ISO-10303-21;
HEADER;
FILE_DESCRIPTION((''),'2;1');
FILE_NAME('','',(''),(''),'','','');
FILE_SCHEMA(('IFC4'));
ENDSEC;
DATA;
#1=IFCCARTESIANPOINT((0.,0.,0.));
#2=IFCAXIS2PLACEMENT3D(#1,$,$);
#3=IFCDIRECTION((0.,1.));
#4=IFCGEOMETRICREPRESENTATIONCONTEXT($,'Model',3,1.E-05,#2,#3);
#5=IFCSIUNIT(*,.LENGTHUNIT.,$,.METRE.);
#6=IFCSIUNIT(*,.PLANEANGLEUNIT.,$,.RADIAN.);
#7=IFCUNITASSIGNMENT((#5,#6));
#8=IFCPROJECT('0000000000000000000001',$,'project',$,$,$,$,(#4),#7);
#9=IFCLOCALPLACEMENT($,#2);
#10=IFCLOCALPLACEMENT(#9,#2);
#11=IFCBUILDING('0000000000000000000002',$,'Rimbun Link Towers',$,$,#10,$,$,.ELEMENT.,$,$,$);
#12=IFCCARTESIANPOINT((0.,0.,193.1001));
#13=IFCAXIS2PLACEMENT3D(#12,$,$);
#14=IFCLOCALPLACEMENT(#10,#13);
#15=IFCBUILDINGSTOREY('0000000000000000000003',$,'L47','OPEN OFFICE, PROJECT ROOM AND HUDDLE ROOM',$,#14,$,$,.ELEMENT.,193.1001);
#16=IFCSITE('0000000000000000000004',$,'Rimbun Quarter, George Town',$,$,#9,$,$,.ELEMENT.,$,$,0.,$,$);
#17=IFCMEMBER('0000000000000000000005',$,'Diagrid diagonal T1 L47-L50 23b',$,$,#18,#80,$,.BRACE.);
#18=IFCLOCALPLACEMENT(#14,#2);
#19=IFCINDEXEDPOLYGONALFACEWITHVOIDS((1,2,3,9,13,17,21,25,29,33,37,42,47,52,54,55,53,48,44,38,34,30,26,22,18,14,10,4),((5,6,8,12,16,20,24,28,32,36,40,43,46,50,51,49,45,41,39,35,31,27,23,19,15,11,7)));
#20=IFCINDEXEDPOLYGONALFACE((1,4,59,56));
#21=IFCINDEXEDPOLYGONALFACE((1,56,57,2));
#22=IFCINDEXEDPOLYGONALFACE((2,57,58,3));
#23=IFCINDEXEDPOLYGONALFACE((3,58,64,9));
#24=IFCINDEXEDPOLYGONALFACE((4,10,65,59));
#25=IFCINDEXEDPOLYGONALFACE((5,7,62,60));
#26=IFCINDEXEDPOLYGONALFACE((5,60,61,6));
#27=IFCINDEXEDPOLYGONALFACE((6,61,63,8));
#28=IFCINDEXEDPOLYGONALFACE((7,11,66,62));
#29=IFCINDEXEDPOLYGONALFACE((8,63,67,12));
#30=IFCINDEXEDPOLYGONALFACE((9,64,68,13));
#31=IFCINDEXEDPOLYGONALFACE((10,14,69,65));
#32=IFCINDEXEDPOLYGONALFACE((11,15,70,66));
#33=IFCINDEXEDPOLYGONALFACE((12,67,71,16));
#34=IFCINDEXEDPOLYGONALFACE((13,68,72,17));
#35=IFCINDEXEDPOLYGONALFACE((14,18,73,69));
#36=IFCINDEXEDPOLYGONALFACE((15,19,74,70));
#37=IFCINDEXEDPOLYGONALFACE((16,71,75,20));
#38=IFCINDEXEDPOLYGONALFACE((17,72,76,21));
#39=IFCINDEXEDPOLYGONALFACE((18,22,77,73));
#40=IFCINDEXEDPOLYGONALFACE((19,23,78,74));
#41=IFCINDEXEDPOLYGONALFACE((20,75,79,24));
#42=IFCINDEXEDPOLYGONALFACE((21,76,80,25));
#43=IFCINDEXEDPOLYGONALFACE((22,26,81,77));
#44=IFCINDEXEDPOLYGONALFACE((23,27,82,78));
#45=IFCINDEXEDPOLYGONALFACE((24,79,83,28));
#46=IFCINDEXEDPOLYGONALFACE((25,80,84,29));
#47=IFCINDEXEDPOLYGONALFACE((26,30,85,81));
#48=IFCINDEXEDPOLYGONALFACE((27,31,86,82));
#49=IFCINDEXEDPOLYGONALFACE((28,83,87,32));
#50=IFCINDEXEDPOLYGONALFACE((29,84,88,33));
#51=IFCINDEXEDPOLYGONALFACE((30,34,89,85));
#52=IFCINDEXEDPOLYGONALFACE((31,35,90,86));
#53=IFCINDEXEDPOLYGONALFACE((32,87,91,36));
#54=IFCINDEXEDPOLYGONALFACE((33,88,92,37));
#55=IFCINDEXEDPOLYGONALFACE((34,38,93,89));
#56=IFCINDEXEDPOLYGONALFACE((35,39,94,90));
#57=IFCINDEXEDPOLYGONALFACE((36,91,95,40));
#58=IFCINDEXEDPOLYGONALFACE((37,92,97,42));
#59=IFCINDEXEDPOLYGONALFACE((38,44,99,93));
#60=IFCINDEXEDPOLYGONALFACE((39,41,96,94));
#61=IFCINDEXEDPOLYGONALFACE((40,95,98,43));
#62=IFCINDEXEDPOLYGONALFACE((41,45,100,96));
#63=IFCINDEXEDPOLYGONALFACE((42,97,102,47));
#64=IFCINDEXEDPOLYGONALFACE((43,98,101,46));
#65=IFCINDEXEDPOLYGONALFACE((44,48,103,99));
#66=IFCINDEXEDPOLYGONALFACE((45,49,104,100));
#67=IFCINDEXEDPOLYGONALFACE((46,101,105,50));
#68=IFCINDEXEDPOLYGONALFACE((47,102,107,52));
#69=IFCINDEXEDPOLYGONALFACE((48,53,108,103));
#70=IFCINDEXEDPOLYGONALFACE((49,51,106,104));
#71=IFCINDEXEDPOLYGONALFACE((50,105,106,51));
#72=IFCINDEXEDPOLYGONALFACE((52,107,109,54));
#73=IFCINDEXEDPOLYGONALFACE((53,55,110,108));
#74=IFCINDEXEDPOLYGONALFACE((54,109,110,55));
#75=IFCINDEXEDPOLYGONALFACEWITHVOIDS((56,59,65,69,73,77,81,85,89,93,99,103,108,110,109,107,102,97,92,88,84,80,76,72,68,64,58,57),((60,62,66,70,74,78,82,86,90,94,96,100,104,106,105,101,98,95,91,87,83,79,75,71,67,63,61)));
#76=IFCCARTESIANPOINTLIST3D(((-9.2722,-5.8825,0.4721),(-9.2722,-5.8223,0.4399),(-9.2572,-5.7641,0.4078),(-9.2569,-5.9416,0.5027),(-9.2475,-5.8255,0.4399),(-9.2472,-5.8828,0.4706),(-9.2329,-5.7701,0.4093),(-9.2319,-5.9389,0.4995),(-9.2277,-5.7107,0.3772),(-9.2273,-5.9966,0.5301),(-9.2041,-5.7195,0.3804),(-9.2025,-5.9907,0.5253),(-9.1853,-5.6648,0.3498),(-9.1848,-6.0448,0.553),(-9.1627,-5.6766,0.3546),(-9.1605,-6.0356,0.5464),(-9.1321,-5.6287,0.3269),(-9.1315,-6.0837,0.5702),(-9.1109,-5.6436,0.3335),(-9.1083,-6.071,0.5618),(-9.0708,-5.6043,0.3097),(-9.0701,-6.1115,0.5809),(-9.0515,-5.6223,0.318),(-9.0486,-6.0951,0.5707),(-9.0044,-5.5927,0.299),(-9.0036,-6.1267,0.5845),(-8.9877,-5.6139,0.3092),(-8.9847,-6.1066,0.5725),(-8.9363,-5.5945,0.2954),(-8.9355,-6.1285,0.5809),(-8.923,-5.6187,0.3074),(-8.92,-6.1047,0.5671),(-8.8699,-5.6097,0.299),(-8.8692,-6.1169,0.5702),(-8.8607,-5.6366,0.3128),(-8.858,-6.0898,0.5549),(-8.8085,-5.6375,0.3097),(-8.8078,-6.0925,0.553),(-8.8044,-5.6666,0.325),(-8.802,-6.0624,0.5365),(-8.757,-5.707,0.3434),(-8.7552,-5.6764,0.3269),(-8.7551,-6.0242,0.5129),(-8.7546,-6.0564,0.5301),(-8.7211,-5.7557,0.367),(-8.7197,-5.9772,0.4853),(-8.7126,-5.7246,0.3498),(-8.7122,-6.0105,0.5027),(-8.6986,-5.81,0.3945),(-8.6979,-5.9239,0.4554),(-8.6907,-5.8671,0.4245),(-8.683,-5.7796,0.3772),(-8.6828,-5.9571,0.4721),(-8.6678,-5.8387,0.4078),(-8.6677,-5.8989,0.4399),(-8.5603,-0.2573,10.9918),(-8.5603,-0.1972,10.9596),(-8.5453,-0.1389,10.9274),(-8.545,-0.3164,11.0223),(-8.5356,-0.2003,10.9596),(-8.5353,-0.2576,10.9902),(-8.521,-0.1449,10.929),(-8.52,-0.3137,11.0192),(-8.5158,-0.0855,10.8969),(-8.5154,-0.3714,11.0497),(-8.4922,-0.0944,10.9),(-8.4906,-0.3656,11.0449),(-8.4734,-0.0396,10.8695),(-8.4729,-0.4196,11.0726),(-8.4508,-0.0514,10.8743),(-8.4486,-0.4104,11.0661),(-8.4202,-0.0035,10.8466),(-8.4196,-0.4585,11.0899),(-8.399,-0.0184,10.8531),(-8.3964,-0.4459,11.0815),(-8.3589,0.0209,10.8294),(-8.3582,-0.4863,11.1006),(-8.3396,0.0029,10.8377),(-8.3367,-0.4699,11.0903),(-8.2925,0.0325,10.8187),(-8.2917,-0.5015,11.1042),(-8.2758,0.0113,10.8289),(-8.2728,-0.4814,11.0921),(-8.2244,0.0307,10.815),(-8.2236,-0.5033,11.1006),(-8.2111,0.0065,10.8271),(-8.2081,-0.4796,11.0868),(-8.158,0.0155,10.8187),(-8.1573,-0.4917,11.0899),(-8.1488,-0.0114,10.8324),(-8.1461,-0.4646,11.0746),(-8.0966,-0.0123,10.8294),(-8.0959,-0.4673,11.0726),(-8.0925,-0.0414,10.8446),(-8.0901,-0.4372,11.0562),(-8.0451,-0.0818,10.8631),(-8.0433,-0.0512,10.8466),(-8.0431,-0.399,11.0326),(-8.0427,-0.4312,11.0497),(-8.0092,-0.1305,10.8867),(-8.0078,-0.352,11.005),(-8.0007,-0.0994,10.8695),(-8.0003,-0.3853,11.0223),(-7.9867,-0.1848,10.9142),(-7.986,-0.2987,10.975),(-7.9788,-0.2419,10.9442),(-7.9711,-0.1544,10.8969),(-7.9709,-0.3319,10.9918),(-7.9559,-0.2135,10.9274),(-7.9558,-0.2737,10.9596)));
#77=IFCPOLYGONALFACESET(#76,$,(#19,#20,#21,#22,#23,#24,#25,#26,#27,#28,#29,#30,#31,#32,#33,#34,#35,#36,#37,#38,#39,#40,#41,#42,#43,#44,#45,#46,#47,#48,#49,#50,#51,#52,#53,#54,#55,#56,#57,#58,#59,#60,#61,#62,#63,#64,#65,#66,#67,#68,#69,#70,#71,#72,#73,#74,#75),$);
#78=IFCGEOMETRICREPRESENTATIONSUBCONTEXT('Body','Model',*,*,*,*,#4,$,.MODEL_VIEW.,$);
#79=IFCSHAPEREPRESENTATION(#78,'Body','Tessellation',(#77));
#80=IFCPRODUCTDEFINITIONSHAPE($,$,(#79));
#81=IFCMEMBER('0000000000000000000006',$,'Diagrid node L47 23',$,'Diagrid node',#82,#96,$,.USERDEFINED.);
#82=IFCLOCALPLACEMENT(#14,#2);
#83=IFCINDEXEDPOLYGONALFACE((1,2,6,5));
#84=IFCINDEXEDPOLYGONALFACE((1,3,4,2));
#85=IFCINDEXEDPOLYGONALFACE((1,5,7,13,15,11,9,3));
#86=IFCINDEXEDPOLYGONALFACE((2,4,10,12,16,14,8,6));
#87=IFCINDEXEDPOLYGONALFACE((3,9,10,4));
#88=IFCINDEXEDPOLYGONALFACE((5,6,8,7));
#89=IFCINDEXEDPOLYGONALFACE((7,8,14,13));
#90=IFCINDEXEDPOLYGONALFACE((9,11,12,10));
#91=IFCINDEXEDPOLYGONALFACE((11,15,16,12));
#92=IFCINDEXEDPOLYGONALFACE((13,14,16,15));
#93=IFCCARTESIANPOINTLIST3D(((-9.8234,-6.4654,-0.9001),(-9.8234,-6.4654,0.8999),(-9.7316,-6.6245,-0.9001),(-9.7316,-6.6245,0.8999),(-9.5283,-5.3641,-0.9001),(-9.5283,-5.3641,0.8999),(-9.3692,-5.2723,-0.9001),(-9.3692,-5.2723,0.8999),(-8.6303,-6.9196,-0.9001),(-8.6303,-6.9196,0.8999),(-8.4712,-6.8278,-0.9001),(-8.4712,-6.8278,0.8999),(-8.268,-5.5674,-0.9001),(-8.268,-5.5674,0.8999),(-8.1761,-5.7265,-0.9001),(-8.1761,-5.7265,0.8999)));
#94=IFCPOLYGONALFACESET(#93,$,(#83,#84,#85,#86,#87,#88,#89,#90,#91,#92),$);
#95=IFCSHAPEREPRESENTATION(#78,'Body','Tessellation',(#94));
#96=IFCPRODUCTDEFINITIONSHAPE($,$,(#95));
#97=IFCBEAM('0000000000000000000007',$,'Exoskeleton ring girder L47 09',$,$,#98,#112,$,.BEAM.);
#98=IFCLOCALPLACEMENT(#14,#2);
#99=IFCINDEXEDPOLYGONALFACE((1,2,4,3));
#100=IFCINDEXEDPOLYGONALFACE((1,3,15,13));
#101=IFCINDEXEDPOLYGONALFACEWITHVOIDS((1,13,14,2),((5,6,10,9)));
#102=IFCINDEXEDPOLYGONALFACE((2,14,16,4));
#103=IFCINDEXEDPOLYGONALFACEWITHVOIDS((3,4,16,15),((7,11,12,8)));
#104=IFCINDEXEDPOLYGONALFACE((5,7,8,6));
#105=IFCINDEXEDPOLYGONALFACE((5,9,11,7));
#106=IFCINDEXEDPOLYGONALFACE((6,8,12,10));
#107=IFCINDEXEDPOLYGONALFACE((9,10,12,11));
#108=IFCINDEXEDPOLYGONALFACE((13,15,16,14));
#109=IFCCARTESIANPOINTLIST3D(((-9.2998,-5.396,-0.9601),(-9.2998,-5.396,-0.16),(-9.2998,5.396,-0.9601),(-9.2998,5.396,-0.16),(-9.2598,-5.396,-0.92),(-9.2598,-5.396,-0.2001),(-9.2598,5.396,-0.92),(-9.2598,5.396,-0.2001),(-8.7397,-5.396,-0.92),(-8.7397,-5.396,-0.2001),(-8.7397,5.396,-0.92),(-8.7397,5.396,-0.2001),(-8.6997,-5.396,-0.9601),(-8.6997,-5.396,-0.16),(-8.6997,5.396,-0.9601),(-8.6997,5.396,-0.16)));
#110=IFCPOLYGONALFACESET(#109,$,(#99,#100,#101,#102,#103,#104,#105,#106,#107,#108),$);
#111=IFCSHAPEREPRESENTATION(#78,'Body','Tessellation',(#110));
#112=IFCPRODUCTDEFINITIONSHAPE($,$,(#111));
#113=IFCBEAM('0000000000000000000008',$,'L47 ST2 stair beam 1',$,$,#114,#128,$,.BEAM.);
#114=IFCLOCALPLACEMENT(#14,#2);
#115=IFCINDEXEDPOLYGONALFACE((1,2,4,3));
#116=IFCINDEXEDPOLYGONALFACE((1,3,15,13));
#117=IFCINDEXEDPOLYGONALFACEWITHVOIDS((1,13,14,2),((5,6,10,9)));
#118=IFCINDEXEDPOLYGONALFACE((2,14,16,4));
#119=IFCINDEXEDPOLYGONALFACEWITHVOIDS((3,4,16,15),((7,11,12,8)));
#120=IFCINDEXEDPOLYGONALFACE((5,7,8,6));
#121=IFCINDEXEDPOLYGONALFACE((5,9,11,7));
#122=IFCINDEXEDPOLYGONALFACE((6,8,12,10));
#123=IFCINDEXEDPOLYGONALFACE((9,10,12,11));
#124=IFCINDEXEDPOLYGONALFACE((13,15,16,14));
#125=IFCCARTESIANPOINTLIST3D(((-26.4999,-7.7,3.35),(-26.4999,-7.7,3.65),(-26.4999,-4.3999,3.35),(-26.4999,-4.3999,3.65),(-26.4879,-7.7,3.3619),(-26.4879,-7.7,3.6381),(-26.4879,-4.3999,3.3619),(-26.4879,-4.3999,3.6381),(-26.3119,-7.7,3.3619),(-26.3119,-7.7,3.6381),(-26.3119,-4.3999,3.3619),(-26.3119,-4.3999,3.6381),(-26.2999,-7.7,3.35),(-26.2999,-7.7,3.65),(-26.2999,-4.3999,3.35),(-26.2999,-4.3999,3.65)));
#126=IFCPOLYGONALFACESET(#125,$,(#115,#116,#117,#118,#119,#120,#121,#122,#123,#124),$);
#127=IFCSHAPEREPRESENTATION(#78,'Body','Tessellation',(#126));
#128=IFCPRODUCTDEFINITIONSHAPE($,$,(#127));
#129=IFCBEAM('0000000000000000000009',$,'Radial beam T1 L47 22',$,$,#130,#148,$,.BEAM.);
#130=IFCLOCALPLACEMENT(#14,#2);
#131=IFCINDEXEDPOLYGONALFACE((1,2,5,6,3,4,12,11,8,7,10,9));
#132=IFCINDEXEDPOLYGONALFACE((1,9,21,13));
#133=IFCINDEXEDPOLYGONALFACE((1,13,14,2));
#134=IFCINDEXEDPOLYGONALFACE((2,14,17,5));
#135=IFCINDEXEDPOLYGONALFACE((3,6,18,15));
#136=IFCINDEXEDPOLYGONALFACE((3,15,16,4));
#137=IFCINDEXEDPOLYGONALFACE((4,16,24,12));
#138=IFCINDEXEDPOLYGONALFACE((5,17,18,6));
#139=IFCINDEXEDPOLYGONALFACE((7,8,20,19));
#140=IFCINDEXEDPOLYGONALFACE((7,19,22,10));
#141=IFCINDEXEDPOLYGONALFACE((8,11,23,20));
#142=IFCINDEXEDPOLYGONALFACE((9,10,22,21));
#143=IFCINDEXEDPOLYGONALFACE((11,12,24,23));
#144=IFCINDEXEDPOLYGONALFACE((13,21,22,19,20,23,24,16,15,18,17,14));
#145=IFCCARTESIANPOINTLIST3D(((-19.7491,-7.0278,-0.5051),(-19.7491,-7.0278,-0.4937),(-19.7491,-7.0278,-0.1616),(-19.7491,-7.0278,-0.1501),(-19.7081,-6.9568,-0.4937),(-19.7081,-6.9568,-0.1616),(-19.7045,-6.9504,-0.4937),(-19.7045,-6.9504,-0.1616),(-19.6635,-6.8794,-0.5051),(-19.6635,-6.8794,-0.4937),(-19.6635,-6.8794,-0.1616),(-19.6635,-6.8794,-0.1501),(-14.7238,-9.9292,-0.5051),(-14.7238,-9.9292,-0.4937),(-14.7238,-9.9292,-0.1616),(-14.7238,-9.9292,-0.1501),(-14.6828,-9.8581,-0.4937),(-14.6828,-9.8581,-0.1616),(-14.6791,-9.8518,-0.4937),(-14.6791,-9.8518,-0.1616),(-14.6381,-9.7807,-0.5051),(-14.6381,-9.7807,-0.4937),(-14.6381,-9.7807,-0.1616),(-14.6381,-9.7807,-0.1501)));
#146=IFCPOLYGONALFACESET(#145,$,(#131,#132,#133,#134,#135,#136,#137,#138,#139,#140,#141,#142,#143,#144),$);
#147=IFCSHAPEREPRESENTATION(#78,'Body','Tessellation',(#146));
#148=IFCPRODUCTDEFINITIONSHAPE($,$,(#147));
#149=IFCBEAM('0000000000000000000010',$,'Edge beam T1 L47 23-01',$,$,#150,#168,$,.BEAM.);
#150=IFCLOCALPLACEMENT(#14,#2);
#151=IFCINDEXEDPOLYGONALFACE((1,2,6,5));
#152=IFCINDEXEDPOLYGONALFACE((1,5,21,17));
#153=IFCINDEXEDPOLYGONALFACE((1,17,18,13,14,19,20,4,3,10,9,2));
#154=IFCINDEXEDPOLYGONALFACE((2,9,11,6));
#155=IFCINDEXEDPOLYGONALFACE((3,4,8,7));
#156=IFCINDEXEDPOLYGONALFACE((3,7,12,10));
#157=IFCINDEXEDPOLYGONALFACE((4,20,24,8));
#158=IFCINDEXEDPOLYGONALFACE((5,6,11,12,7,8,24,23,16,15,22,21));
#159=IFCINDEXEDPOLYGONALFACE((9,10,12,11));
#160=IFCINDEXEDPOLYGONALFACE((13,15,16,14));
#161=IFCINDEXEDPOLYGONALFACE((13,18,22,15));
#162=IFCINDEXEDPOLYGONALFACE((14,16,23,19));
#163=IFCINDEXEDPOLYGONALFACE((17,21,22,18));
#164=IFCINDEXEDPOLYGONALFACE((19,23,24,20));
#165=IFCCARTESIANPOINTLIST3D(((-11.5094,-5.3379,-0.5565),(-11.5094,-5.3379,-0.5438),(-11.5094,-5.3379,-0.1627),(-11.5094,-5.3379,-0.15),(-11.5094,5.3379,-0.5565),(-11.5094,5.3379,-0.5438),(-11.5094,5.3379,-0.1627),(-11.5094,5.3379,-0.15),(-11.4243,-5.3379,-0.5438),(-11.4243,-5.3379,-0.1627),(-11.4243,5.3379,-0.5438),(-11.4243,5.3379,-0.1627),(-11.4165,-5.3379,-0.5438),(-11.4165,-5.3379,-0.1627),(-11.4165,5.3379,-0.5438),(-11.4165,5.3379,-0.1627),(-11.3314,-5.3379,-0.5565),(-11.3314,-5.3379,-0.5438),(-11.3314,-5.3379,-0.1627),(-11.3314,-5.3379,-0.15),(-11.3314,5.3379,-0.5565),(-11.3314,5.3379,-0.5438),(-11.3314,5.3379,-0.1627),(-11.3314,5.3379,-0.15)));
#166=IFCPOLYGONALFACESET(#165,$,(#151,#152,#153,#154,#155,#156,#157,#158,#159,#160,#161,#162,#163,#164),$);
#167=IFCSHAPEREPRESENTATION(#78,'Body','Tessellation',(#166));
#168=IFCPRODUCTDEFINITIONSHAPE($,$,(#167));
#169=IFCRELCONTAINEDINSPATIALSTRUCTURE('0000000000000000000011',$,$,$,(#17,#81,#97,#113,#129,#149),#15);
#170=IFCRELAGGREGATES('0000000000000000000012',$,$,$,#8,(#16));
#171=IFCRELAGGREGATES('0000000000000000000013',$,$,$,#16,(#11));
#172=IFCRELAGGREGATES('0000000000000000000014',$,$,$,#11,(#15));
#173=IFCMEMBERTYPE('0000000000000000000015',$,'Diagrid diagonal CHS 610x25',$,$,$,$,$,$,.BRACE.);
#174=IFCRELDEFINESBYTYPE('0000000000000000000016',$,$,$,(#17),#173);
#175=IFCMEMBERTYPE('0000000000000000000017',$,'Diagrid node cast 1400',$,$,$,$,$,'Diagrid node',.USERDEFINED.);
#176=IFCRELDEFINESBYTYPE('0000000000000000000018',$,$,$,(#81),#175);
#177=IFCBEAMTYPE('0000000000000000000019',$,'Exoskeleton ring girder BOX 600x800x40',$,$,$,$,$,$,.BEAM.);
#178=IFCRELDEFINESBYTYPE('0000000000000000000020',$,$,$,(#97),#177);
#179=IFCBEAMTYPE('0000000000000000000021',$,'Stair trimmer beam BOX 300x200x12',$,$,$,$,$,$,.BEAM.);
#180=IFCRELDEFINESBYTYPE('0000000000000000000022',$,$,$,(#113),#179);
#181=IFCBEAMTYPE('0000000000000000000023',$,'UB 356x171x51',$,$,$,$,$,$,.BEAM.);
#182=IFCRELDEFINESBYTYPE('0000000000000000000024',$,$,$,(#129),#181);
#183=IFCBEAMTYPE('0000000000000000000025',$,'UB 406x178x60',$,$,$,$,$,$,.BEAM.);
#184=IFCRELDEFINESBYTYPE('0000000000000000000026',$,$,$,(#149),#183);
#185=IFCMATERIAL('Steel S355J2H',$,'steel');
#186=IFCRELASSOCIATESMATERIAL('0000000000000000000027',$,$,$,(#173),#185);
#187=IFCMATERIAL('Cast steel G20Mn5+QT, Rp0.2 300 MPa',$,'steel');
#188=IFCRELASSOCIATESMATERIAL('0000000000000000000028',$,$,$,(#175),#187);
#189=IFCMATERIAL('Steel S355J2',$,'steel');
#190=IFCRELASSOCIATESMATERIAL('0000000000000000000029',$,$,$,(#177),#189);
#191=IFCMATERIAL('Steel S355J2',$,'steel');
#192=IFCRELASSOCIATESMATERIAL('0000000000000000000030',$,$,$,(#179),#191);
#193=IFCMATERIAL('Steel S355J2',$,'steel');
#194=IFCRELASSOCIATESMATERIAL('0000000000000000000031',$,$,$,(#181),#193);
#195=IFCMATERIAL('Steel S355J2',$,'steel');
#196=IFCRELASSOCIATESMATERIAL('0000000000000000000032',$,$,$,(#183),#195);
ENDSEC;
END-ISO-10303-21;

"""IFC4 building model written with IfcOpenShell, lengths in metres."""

from ifc_helpers import new_model, si_unit, direction, frame, origin, origin_2d, place, context, subcontext, project, spatial, polyline, hollow_rectangle, hollow_circle, i_section, outline, extrude, material, material_profile, profile_set, type_object, element, save


model = new_model("IFC4")

# Units and contexts
model_context = context("Model", 3, precision=1e-05, world=origin(), true_north=direction((0.0, 1.0)))
body_context = subcontext(model_context, "Body", "Model", "MODEL_VIEW")
ifc_project = project(units=[si_unit("LENGTHUNIT", "METRE"), si_unit("PLANEANGLEUNIT", "RADIAN")], contexts=[model_context])

# Site, building, storey
site_placement = place(None, origin())
site = spatial("IfcSite", under=ifc_project, at=site_placement, Name="Rimbun Quarter, George Town", CompositionType="ELEMENT", RefElevation=0.0)
building_placement = place(site_placement, origin())
building = spatial("IfcBuilding", under=site, at=building_placement, Name="Rimbun Link Towers", CompositionType="ELEMENT")
storey_placement = place(building_placement, frame((0.0, 0.0, 193.1001)))
storey = spatial("IfcBuildingStorey", under=building, at=storey_placement, Name="L47", Description="OPEN OFFICE, PROJECT ROOM AND HUDDLE ROOM", CompositionType="ELEMENT", Elevation=193.1001)

# Members
ifc_material_1 = material(Name="Steel S355J2H", Category="steel")
ifc_material_profile_1 = material_profile(ifc_material_1, hollow_circle(Radius=0.3047, WallThickness=0.0249, at=origin_2d()), Name="Diagrid diagonal CHS 610x25")
ifc_profile_set_1 = profile_set([ifc_material_profile_1], Name="Steel S355J2H")
member_type_1 = type_object("IfcMemberType", Name="Diagrid diagonal CHS 610x25", PredefinedType="BRACE", material=ifc_profile_set_1)
member_1_placement = place(storey_placement, frame((-8.97, -5.8606, 0.4399), z_axis=(0.059572, 0.47071, 0.880275), x_axis=(-0.992087, 0.125556, 0.0)))
element("IfcMember", 1, at=member_1_placement, inside=storey, type_object=member_type_1, Name="Diagrid diagonal T1 L47-L50 23b", PredefinedType="BRACE", context=body_context, shape_type="SweptSolid", body=[
    extrude(hollow_circle(Radius=0.3047, WallThickness=0.0249, at=origin_2d()), origin(), (0.0, 0.0, 1.0), 11.9504),
])
ifc_material_2 = material(Name="Cast steel G20Mn5+QT, Rp0.2 300 MPa", Category="steel")
ifc_material_profile_2 = material_profile(ifc_material_2, outline(polyline([(0.7, -0.5701), (0.7, 0.5701), (0.5701, 0.7), (-0.5701, 0.7), (-0.7, 0.5701), (-0.7, -0.5701), (-0.5701, -0.7), (0.5701, -0.7), (0.7, -0.5701)])), Name="NODE 1400x1400")
ifc_profile_set_2 = profile_set([ifc_material_profile_2], Name="Cast steel G20Mn5+QT, Rp0.2 300 MPa")
member_type_2 = type_object("IfcMemberType", Name="Diagrid node cast 1400", ElementType="Diagrid node", PredefinedType="USERDEFINED", material=ifc_profile_set_2)
member_2_placement = place(storey_placement, frame((-8.9998, -6.0959, -0.9001), z_axis=(0.0, 0.0, 1.0), x_axis=(0.965926, -0.258819, 0.0)))
element("IfcMember", 2, at=member_2_placement, inside=storey, type_object=member_type_2, Name="Diagrid node L47 23", ObjectType="Diagrid node", PredefinedType="USERDEFINED", context=body_context, shape_type="SweptSolid", body=[
    extrude(outline(polyline([(0.7, -0.5701), (0.7, 0.5701), (0.5701, 0.7), (-0.5701, 0.7), (-0.7, 0.5701), (-0.7, -0.5701), (-0.5701, -0.7), (0.5701, -0.7), (0.7, -0.5701)])), origin(), (0.0, 0.0, 1.0), 1.8),
])

# Beams
ifc_material_3 = material(Name="Steel S355J2", Category="steel")
ifc_material_profile_3 = material_profile(ifc_material_3, hollow_rectangle(XDim=0.6001, YDim=0.8, WallThickness=0.04, at=origin_2d()), Name="Exoskeleton ring girder BOX 600x800x40")
ifc_profile_set_3 = profile_set([ifc_material_profile_3], Name="Steel S355J2")
beam_type_1 = type_object("IfcBeamType", Name="Exoskeleton ring girder BOX 600x800x40", PredefinedType="BEAM", material=ifc_profile_set_3)
beam_1_placement = place(storey_placement, frame((-8.9998, -5.396, -0.5601), z_axis=(0.0, 1.0, 0.0), x_axis=(-1.0, 0.0, 0.0)))
element("IfcBeam", 3, at=beam_1_placement, inside=storey, type_object=beam_type_1, Name="Exoskeleton ring girder L47 09", PredefinedType="BEAM", context=body_context, shape_type="SweptSolid", body=[
    extrude(hollow_rectangle(XDim=0.6001, YDim=0.8, WallThickness=0.04, at=origin_2d()), origin(), (0.0, 0.0, 1.0), 10.792),
])
ifc_material_4 = material(Name="Steel S355J2", Category="steel")
ifc_material_profile_4 = material_profile(ifc_material_4, hollow_rectangle(XDim=0.2, YDim=0.3, WallThickness=0.012, at=origin_2d()), Name="BOX 300x200x12")
ifc_profile_set_4 = profile_set([ifc_material_profile_4], Name="Steel S355J2")
beam_type_2 = type_object("IfcBeamType", Name="Stair trimmer beam BOX 300x200x12", PredefinedType="BEAM", material=ifc_profile_set_4)
beam_2_placement = place(storey_placement, frame((-26.3999, -7.7, 3.5), z_axis=(0.0, 1.0, 0.0), x_axis=(-1.0, 0.0, 0.0)))
element("IfcBeam", 4, at=beam_2_placement, inside=storey, type_object=beam_type_2, Name="L47 ST2 stair beam 1", PredefinedType="BEAM", context=body_context, shape_type="SweptSolid", body=[
    extrude(hollow_rectangle(XDim=0.2, YDim=0.3, WallThickness=0.012, at=origin_2d()), origin(), (0.0, 0.0, 1.0), 3.3),
])
ifc_material_5 = material(Name="Steel S355J2", Category="steel")
ifc_material_profile_5 = material_profile(ifc_material_5, i_section(OverallWidth=0.1714, OverallDepth=0.355, WebThickness=0.0073, FlangeThickness=0.0115, at=origin_2d()), Name="UB 356x171x51")
ifc_profile_set_5 = profile_set([ifc_material_profile_5], Name="Steel S355J2")
beam_type_3 = type_object("IfcBeamType", Name="UB 356x171x51", PredefinedType="BEAM", material=ifc_profile_set_5)
beam_3_placement = place(storey_placement, frame((-19.7063, -6.9536, -0.3276), z_axis=(0.866029, -0.499994, 0.0), x_axis=(0.499994, 0.866029, 0.0)))
element("IfcBeam", 5, at=beam_3_placement, inside=storey, type_object=beam_type_3, Name="Radial beam T1 L47 22", PredefinedType="BEAM", context=body_context, shape_type="SweptSolid", body=[
    extrude(i_section(OverallWidth=0.1714, OverallDepth=0.355, WebThickness=0.0073, FlangeThickness=0.0115, at=origin_2d()), origin(), (0.0, 0.0, 1.0), 5.8027),
])
ifc_material_6 = material(Name="Steel S355J2", Category="steel")
ifc_material_profile_6 = material_profile(ifc_material_6, i_section(OverallWidth=0.178, OverallDepth=0.4065, WebThickness=0.0078, FlangeThickness=0.0127, at=origin_2d()), Name="UB 406x178x60")
ifc_profile_set_6 = profile_set([ifc_material_profile_6], Name="Steel S355J2")
beam_type_4 = type_object("IfcBeamType", Name="UB 406x178x60", PredefinedType="BEAM", material=ifc_profile_set_6)
beam_4_placement = place(storey_placement, frame((-11.4204, -5.3379, -0.3533), z_axis=(0.0, 1.0, 0.0), x_axis=(-1.0, 0.0, 0.0)))
element("IfcBeam", 6, at=beam_4_placement, inside=storey, type_object=beam_type_4, Name="Edge beam T1 L47 23-01", PredefinedType="BEAM", context=body_context, shape_type="SweptSolid", body=[
    extrude(i_section(OverallWidth=0.178, OverallDepth=0.4065, WebThickness=0.0078, FlangeThickness=0.0127, at=origin_2d()), origin(), (0.0, 0.0, 1.0), 10.6758),
])

save(model, "model.ifc")
